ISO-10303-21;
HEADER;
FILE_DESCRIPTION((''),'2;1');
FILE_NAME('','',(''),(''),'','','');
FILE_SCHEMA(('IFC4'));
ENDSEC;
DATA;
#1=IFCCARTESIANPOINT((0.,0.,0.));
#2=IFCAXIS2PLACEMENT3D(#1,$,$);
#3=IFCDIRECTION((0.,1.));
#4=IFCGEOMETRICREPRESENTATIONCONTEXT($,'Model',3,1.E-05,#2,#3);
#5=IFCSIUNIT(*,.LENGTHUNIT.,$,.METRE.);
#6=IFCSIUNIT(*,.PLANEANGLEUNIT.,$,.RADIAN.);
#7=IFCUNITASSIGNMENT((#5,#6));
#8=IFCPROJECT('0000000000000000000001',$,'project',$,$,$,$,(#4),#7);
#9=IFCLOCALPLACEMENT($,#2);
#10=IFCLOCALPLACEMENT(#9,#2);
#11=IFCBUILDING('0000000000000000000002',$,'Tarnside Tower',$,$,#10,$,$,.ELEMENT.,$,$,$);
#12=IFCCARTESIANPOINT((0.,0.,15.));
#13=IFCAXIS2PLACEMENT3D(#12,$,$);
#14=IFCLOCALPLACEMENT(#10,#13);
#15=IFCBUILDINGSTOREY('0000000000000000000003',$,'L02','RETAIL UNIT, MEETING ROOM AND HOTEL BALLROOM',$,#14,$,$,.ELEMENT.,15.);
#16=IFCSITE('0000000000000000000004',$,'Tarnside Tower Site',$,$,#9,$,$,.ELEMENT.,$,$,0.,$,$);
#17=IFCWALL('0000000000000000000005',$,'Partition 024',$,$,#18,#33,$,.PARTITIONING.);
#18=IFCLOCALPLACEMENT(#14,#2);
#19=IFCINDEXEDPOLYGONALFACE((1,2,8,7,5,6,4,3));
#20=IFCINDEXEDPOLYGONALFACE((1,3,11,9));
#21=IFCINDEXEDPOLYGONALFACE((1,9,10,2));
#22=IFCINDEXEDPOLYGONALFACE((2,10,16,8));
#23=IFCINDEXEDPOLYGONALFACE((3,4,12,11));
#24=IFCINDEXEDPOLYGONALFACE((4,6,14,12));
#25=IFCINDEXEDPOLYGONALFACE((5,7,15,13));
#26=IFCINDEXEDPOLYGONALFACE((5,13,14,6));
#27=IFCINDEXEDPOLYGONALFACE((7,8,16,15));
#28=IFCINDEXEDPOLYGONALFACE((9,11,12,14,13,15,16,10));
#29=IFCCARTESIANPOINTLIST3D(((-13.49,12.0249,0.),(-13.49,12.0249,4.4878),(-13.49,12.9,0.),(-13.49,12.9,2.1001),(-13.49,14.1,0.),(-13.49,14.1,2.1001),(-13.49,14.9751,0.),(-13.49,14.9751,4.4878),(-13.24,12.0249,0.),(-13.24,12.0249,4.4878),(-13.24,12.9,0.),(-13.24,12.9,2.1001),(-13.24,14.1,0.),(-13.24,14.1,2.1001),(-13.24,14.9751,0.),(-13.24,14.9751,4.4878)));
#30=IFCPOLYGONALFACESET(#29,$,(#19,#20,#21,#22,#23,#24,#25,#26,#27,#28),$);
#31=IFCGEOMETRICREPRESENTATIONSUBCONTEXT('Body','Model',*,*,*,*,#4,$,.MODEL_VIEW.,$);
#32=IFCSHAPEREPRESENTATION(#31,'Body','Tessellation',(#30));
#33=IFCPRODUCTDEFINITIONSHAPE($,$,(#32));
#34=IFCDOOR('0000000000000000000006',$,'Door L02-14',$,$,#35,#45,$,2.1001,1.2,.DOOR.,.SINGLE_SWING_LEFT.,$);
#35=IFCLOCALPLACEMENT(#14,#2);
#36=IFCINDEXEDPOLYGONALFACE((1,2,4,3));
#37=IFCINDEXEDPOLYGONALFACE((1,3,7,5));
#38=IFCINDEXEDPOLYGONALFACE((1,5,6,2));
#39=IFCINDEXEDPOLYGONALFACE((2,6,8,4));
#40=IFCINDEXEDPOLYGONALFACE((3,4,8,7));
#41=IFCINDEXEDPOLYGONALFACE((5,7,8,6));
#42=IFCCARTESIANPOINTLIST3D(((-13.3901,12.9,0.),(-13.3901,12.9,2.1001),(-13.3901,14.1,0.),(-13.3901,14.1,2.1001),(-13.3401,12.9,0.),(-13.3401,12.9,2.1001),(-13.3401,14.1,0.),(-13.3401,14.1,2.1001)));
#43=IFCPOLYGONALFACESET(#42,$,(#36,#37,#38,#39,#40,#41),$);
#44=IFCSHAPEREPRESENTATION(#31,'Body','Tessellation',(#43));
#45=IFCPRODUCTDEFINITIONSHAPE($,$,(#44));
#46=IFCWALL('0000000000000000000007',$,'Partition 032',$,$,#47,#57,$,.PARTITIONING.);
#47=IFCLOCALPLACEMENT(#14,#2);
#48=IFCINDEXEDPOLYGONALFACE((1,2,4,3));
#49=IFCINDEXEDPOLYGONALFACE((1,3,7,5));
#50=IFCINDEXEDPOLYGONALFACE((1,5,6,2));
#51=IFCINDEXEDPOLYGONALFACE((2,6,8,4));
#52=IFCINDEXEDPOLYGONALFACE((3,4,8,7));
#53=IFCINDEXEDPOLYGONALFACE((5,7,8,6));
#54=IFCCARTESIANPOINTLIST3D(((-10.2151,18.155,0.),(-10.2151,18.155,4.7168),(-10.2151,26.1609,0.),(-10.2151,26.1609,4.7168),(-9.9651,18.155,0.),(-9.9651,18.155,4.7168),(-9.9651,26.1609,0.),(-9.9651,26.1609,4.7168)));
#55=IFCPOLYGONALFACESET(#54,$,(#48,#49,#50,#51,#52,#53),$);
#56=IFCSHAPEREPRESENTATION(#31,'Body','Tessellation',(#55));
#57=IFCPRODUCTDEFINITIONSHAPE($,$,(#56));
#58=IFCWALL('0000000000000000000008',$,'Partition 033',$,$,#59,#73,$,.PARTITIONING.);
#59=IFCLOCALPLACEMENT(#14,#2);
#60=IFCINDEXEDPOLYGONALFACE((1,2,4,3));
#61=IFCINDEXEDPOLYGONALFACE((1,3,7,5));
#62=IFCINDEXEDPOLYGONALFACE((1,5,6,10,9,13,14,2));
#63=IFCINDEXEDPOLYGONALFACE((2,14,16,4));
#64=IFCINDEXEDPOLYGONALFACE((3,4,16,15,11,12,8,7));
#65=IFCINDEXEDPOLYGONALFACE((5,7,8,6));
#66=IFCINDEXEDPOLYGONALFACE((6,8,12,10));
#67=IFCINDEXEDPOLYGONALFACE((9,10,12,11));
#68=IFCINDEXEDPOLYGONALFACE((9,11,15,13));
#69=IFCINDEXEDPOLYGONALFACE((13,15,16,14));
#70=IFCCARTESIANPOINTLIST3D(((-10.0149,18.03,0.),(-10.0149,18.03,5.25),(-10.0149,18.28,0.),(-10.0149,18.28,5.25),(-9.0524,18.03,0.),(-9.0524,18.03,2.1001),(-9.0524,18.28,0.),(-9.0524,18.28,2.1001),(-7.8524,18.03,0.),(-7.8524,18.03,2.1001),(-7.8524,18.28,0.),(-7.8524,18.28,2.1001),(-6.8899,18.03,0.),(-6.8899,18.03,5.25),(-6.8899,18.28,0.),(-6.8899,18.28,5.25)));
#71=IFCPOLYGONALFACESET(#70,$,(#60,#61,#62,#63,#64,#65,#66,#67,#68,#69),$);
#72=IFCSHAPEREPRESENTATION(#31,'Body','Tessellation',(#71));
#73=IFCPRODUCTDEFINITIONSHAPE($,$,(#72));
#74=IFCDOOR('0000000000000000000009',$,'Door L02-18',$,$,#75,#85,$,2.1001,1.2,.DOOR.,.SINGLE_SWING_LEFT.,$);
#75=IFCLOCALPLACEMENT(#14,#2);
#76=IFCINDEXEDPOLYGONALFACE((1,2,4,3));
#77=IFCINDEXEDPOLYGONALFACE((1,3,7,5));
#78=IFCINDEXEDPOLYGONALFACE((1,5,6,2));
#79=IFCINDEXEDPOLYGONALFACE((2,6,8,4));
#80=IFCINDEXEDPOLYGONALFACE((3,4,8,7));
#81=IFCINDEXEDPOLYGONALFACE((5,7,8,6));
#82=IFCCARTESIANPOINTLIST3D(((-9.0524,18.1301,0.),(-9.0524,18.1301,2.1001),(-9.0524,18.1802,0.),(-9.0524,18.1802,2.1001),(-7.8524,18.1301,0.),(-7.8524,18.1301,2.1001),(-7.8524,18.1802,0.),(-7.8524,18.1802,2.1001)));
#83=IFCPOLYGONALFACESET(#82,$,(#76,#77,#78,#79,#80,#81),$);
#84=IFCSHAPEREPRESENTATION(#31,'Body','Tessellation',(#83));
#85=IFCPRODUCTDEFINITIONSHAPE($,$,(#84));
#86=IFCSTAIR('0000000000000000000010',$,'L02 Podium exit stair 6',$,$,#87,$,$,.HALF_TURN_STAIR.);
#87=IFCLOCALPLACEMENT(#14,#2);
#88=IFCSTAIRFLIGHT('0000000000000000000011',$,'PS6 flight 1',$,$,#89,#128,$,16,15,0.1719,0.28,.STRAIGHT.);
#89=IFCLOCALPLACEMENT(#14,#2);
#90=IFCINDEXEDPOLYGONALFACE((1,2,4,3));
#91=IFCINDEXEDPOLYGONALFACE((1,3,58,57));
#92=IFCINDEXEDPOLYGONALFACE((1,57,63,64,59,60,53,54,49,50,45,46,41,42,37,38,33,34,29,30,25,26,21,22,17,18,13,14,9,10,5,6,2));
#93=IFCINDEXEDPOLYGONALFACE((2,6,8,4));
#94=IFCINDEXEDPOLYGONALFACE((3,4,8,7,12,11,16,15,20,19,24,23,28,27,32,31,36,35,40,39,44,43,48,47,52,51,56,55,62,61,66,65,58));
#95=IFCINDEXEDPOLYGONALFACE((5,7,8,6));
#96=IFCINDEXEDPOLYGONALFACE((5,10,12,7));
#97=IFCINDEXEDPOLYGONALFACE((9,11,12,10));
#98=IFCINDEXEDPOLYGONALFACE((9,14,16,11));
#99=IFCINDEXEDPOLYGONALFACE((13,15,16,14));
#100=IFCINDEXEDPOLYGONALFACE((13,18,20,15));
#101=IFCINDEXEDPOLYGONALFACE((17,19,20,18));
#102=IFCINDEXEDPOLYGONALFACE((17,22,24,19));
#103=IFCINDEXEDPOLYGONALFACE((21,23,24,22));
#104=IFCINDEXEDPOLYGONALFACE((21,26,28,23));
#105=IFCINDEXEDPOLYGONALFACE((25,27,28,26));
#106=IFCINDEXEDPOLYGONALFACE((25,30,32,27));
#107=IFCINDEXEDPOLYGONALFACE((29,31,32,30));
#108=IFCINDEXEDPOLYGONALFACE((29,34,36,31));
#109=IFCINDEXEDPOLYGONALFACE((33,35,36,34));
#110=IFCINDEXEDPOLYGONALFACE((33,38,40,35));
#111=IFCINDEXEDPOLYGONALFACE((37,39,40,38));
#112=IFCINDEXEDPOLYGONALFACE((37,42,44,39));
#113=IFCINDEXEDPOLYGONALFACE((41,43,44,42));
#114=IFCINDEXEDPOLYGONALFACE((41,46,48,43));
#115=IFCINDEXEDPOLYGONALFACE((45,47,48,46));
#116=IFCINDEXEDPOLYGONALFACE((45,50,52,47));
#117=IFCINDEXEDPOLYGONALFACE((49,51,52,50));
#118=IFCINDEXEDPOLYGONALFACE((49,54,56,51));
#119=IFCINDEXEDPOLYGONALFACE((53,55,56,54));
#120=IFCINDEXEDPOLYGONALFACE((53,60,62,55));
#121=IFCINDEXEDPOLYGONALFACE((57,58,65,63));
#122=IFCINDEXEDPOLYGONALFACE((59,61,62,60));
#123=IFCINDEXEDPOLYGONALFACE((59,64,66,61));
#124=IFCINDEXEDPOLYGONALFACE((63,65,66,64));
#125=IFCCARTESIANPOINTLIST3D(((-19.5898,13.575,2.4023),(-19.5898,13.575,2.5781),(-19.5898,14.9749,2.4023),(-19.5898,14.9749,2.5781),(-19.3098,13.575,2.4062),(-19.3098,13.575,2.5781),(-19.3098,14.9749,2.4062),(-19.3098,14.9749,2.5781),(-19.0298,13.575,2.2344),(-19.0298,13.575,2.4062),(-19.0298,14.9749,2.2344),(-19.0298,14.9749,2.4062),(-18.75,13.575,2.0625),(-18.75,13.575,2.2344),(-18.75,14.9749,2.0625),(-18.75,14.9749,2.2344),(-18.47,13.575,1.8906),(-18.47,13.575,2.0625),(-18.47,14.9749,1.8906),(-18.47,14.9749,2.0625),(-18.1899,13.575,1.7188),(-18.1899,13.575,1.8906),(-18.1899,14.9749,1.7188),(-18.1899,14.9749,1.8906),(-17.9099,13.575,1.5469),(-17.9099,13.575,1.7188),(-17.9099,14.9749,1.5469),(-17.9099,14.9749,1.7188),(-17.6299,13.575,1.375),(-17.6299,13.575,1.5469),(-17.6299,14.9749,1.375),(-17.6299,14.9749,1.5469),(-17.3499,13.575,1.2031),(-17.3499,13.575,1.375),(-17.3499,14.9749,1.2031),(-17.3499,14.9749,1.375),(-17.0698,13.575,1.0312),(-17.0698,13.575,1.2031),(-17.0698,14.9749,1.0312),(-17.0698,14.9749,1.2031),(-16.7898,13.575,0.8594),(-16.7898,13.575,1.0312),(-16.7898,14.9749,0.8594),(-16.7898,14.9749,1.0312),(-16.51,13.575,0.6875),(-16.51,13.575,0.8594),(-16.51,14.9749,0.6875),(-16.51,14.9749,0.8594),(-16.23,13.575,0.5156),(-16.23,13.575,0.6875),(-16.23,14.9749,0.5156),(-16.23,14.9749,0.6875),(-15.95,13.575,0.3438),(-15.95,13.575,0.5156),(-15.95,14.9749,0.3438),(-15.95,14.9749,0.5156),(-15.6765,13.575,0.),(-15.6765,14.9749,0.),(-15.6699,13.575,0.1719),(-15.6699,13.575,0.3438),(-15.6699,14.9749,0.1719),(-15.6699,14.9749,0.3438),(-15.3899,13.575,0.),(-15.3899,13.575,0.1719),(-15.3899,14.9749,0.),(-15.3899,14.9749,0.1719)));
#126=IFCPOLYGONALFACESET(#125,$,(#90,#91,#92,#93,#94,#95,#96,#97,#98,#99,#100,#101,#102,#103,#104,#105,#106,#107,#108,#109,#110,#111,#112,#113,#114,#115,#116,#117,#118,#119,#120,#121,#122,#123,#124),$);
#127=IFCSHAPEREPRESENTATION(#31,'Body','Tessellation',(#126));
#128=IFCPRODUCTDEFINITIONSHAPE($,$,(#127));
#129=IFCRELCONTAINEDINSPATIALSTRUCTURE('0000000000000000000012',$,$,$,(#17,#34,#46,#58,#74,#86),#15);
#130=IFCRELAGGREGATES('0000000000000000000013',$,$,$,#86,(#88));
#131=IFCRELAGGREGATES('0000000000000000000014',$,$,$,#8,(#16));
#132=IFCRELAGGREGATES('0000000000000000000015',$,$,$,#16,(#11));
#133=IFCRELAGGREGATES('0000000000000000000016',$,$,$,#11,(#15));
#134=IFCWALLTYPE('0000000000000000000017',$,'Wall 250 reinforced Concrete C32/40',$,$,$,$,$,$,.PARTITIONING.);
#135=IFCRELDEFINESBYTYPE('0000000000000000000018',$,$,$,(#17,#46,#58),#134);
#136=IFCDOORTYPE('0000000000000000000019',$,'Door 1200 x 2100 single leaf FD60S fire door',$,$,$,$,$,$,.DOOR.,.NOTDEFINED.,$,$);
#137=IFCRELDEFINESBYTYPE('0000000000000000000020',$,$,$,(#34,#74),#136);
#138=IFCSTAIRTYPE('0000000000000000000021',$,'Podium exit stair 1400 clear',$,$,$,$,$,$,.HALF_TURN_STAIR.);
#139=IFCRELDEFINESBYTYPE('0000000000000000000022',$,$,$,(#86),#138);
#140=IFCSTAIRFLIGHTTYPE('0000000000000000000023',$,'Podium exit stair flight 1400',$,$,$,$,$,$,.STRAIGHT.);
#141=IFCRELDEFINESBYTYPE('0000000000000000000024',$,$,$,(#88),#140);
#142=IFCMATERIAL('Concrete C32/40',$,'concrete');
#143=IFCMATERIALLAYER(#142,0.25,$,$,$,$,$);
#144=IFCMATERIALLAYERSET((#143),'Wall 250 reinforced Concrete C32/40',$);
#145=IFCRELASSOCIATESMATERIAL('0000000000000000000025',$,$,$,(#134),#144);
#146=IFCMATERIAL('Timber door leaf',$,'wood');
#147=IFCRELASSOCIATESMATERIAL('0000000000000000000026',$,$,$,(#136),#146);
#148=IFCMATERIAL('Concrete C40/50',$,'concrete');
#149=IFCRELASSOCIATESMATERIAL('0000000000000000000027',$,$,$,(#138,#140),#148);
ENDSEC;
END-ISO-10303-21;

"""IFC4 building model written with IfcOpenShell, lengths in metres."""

from ifc_helpers import new_model, si_unit, direction, frame, frame_2d, origin, place, context, subcontext, project, spatial, polyline, rectangle, outline, extrude, material, layer, layer_set, type_object, element, fill, aggregate, save


model = new_model("IFC4")

# Units and contexts
model_context = context("Model", 3, precision=1e-05, world=origin(), true_north=direction((0.0, 1.0)))
body_context = subcontext(model_context, "Body", "Model", "MODEL_VIEW")
ifc_project = project(units=[si_unit("LENGTHUNIT", "METRE"), si_unit("PLANEANGLEUNIT", "RADIAN")], contexts=[model_context])

# Site, building, storey
site_placement = place(None, origin())
site = spatial("IfcSite", under=ifc_project, at=site_placement, Name="Tarnside Tower Site", CompositionType="ELEMENT", RefElevation=0.0)
building_placement = place(site_placement, origin())
building = spatial("IfcBuilding", under=site, at=building_placement, Name="Tarnside Tower", CompositionType="ELEMENT")
storey_placement = place(building_placement, frame((0.0, 0.0, 15.0)))
storey = spatial("IfcBuildingStorey", under=building, at=storey_placement, Name="L02", Description="RETAIL UNIT, MEETING ROOM AND HOTEL BALLROOM", CompositionType="ELEMENT", Elevation=15.0)

# Shared definitions
ifc_material_1 = material(Name="Timber door leaf", Category="wood")

# Shared definitions
ifc_material_2 = material(Name="Concrete C32/40", Category="concrete")
ifc_layer_1 = layer(ifc_material_2, 0.25)
ifc_layer_set_1 = layer_set([ifc_layer_1], Name="Wall 250 reinforced Concrete C32/40")
wall_type_1 = type_object("IfcWallType", Name="Wall 250 reinforced Concrete C32/40", PredefinedType="PARTITIONING", material=ifc_layer_set_1)

# Wall, opening, door
wall_1_placement = place(storey_placement, frame((-13.365, 14.9751, 0.0), z_axis=(0.0, 0.0, 1.0), x_axis=(0.0, -1.0, 0.0)))
wall_1 = element("IfcWall", 1, at=wall_1_placement, inside=storey, type_object=wall_type_1, Name="Partition 024", PredefinedType="PARTITIONING", context=body_context, shape_type="SweptSolid", body=[
    extrude(rectangle(XDim=2.9502, YDim=0.25, at=frame_2d((1.4751, 0.0))), origin(), (0.0, 0.0, 1.0), 4.4878),
])
opening_1_placement = place(wall_1_placement, frame((0.875, 0.0, 0.0)))
opening_1 = element("IfcOpeningElement", 2, at=opening_1_placement, cuts=wall_1, PredefinedType="OPENING", context=body_context, shape_type="SweptSolid", body=[
    extrude(rectangle(XDim=1.2, YDim=2.1001, at=frame_2d((0.6001, 1.05))), frame((0.0, 0.135, 0.0), z_axis=(0.0, -1.0, 0.0), x_axis=(1.0, 0.0, 0.0)), (0.0, 0.0, 1.0), 0.27),
])
door_type_1 = type_object("IfcDoorType", Name="Door 1200 x 2100 single leaf FD60S fire door", OperationType="NOTDEFINED", PredefinedType="DOOR", material=ifc_material_1)
door_1_placement = place(opening_1_placement, origin())
door_1 = element("IfcDoor", 3, at=door_1_placement, inside=storey, type_object=door_type_1, Name="Door L02-14", OperationType="SINGLE_SWING_LEFT", OverallHeight=2.1001, OverallWidth=1.2, PredefinedType="DOOR", context=body_context, shape_type="SweptSolid", body=[
    extrude(rectangle(XDim=1.2, YDim=2.1001, at=frame_2d((0.6001, 1.05))), frame((0.0, 0.0249, 0.0), z_axis=(0.0, -1.0, 0.0), x_axis=(1.0, 0.0, 0.0)), (0.0, 0.0, 1.0), 0.05),
])
fill(opening_1, door_1)

# Wall
wall_2_placement = place(storey_placement, frame((-10.0901, 18.155, 0.0), z_axis=(0.0, 0.0, 1.0), x_axis=(0.0, 1.0, 0.0)))
element("IfcWall", 4, at=wall_2_placement, inside=storey, type_object=wall_type_1, Name="Partition 032", PredefinedType="PARTITIONING", context=body_context, shape_type="SweptSolid", body=[
    extrude(rectangle(XDim=8.0059, YDim=0.25, at=frame_2d((4.0029, 0.0))), origin(), (0.0, 0.0, 1.0), 4.7168),
])

# Wall, opening, door
wall_3_placement = place(storey_placement, frame((-6.8899, 18.155, 0.0), z_axis=(0.0, 0.0, 1.0), x_axis=(-1.0, 0.0, 0.0)))
wall_3 = element("IfcWall", 5, at=wall_3_placement, inside=storey, type_object=wall_type_1, Name="Partition 033", PredefinedType="PARTITIONING", context=body_context, shape_type="SweptSolid", body=[
    extrude(rectangle(XDim=3.125, YDim=0.25, at=frame_2d((1.5625, 0.0))), origin(), (0.0, 0.0, 1.0), 5.25),
])
opening_2_placement = place(wall_3_placement, frame((0.9624, 0.0, 0.0)))
opening_2 = element("IfcOpeningElement", 6, at=opening_2_placement, cuts=wall_3, PredefinedType="OPENING", context=body_context, shape_type="SweptSolid", body=[
    extrude(rectangle(XDim=1.2, YDim=2.1001, at=frame_2d((0.6001, 1.05))), frame((0.0, 0.135, 0.0), z_axis=(0.0, -1.0, 0.0), x_axis=(1.0, 0.0, 0.0)), (0.0, 0.0, 1.0), 0.27),
])
door_2_placement = place(opening_2_placement, origin())
door_2 = element("IfcDoor", 7, at=door_2_placement, inside=storey, type_object=door_type_1, Name="Door L02-18", OperationType="SINGLE_SWING_LEFT", OverallHeight=2.1001, OverallWidth=1.2, PredefinedType="DOOR", context=body_context, shape_type="SweptSolid", body=[
    extrude(rectangle(XDim=1.2, YDim=2.1001, at=frame_2d((0.6001, 1.05))), frame((0.0, 0.0249, 0.0), z_axis=(0.0, -1.0, 0.0), x_axis=(1.0, 0.0, 0.0)), (0.0, 0.0, 1.0), 0.05),
])
fill(opening_2, door_2)

# Stair, stair flight
ifc_material_3 = material(Name="Concrete C40/50", Category="concrete")
stair_type = type_object("IfcStairType", Name="Podium exit stair 1400 clear", PredefinedType="HALF_TURN_STAIR", material=ifc_material_3)
stair_placement = place(storey_placement, origin())
stair = element("IfcStair", 8, at=stair_placement, inside=storey, type_object=stair_type, Name="L02 Podium exit stair 6", PredefinedType="HALF_TURN_STAIR")
stair_flight_type = type_object("IfcStairFlightType", Name="Podium exit stair flight 1400", PredefinedType="STRAIGHT", material=ifc_material_3)
stair_flight_placement = place(storey_placement, frame((-15.3899, 14.2749, 0.0), z_axis=(0.0, 0.0, 1.0), x_axis=(-1.0, 0.0, 0.0)))
stair_flight = element("IfcStairFlight", 9, at=stair_flight_placement, type_object=stair_flight_type, Name="PS6 flight 1", NumberOfRisers=16, NumberOfTreads=15, PredefinedType="STRAIGHT", RiserHeight=0.1719, TreadLength=0.28, context=body_context, shape_type="SweptSolid", body=[
    extrude(outline(polyline([(0.0, 0.0), (0.0, 0.1719), (0.28, 0.1719), (0.28, 0.3438), (0.5601, 0.3438), (0.5601, 0.5156), (0.8401, 0.5156), (0.8401, 0.6875), (1.1201, 0.6875), (1.1201, 0.8594), (1.3999, 0.8594), (1.3999, 1.0312), (1.6799, 1.0312), (1.6799, 1.2031), (1.96, 1.2031), (1.96, 1.375), (2.24, 1.375), (2.24, 1.5469), (2.52, 1.5469), (2.52, 1.7188), (2.8, 1.7188), (2.8, 1.8906), (3.0801, 1.8906), (3.0801, 2.0625), (3.3601, 2.0625), (3.3601, 2.2344), (3.6399, 2.2344), (3.6399, 2.4062), (3.9199, 2.4062), (3.9199, 2.5781), (4.2, 2.5781), (4.2, 2.75), (4.2, 2.4023), (0.2866, 0.0), (0.0, 0.0)])), frame((0.0, 0.7, 0.0), z_axis=(0.0, -1.0, 0.0), x_axis=(1.0, 0.0, 0.0)), (0.0, 0.0, 1.0), 1.3999),
])
aggregate(stair, [stair_flight])

save(model, "model.ifc")
